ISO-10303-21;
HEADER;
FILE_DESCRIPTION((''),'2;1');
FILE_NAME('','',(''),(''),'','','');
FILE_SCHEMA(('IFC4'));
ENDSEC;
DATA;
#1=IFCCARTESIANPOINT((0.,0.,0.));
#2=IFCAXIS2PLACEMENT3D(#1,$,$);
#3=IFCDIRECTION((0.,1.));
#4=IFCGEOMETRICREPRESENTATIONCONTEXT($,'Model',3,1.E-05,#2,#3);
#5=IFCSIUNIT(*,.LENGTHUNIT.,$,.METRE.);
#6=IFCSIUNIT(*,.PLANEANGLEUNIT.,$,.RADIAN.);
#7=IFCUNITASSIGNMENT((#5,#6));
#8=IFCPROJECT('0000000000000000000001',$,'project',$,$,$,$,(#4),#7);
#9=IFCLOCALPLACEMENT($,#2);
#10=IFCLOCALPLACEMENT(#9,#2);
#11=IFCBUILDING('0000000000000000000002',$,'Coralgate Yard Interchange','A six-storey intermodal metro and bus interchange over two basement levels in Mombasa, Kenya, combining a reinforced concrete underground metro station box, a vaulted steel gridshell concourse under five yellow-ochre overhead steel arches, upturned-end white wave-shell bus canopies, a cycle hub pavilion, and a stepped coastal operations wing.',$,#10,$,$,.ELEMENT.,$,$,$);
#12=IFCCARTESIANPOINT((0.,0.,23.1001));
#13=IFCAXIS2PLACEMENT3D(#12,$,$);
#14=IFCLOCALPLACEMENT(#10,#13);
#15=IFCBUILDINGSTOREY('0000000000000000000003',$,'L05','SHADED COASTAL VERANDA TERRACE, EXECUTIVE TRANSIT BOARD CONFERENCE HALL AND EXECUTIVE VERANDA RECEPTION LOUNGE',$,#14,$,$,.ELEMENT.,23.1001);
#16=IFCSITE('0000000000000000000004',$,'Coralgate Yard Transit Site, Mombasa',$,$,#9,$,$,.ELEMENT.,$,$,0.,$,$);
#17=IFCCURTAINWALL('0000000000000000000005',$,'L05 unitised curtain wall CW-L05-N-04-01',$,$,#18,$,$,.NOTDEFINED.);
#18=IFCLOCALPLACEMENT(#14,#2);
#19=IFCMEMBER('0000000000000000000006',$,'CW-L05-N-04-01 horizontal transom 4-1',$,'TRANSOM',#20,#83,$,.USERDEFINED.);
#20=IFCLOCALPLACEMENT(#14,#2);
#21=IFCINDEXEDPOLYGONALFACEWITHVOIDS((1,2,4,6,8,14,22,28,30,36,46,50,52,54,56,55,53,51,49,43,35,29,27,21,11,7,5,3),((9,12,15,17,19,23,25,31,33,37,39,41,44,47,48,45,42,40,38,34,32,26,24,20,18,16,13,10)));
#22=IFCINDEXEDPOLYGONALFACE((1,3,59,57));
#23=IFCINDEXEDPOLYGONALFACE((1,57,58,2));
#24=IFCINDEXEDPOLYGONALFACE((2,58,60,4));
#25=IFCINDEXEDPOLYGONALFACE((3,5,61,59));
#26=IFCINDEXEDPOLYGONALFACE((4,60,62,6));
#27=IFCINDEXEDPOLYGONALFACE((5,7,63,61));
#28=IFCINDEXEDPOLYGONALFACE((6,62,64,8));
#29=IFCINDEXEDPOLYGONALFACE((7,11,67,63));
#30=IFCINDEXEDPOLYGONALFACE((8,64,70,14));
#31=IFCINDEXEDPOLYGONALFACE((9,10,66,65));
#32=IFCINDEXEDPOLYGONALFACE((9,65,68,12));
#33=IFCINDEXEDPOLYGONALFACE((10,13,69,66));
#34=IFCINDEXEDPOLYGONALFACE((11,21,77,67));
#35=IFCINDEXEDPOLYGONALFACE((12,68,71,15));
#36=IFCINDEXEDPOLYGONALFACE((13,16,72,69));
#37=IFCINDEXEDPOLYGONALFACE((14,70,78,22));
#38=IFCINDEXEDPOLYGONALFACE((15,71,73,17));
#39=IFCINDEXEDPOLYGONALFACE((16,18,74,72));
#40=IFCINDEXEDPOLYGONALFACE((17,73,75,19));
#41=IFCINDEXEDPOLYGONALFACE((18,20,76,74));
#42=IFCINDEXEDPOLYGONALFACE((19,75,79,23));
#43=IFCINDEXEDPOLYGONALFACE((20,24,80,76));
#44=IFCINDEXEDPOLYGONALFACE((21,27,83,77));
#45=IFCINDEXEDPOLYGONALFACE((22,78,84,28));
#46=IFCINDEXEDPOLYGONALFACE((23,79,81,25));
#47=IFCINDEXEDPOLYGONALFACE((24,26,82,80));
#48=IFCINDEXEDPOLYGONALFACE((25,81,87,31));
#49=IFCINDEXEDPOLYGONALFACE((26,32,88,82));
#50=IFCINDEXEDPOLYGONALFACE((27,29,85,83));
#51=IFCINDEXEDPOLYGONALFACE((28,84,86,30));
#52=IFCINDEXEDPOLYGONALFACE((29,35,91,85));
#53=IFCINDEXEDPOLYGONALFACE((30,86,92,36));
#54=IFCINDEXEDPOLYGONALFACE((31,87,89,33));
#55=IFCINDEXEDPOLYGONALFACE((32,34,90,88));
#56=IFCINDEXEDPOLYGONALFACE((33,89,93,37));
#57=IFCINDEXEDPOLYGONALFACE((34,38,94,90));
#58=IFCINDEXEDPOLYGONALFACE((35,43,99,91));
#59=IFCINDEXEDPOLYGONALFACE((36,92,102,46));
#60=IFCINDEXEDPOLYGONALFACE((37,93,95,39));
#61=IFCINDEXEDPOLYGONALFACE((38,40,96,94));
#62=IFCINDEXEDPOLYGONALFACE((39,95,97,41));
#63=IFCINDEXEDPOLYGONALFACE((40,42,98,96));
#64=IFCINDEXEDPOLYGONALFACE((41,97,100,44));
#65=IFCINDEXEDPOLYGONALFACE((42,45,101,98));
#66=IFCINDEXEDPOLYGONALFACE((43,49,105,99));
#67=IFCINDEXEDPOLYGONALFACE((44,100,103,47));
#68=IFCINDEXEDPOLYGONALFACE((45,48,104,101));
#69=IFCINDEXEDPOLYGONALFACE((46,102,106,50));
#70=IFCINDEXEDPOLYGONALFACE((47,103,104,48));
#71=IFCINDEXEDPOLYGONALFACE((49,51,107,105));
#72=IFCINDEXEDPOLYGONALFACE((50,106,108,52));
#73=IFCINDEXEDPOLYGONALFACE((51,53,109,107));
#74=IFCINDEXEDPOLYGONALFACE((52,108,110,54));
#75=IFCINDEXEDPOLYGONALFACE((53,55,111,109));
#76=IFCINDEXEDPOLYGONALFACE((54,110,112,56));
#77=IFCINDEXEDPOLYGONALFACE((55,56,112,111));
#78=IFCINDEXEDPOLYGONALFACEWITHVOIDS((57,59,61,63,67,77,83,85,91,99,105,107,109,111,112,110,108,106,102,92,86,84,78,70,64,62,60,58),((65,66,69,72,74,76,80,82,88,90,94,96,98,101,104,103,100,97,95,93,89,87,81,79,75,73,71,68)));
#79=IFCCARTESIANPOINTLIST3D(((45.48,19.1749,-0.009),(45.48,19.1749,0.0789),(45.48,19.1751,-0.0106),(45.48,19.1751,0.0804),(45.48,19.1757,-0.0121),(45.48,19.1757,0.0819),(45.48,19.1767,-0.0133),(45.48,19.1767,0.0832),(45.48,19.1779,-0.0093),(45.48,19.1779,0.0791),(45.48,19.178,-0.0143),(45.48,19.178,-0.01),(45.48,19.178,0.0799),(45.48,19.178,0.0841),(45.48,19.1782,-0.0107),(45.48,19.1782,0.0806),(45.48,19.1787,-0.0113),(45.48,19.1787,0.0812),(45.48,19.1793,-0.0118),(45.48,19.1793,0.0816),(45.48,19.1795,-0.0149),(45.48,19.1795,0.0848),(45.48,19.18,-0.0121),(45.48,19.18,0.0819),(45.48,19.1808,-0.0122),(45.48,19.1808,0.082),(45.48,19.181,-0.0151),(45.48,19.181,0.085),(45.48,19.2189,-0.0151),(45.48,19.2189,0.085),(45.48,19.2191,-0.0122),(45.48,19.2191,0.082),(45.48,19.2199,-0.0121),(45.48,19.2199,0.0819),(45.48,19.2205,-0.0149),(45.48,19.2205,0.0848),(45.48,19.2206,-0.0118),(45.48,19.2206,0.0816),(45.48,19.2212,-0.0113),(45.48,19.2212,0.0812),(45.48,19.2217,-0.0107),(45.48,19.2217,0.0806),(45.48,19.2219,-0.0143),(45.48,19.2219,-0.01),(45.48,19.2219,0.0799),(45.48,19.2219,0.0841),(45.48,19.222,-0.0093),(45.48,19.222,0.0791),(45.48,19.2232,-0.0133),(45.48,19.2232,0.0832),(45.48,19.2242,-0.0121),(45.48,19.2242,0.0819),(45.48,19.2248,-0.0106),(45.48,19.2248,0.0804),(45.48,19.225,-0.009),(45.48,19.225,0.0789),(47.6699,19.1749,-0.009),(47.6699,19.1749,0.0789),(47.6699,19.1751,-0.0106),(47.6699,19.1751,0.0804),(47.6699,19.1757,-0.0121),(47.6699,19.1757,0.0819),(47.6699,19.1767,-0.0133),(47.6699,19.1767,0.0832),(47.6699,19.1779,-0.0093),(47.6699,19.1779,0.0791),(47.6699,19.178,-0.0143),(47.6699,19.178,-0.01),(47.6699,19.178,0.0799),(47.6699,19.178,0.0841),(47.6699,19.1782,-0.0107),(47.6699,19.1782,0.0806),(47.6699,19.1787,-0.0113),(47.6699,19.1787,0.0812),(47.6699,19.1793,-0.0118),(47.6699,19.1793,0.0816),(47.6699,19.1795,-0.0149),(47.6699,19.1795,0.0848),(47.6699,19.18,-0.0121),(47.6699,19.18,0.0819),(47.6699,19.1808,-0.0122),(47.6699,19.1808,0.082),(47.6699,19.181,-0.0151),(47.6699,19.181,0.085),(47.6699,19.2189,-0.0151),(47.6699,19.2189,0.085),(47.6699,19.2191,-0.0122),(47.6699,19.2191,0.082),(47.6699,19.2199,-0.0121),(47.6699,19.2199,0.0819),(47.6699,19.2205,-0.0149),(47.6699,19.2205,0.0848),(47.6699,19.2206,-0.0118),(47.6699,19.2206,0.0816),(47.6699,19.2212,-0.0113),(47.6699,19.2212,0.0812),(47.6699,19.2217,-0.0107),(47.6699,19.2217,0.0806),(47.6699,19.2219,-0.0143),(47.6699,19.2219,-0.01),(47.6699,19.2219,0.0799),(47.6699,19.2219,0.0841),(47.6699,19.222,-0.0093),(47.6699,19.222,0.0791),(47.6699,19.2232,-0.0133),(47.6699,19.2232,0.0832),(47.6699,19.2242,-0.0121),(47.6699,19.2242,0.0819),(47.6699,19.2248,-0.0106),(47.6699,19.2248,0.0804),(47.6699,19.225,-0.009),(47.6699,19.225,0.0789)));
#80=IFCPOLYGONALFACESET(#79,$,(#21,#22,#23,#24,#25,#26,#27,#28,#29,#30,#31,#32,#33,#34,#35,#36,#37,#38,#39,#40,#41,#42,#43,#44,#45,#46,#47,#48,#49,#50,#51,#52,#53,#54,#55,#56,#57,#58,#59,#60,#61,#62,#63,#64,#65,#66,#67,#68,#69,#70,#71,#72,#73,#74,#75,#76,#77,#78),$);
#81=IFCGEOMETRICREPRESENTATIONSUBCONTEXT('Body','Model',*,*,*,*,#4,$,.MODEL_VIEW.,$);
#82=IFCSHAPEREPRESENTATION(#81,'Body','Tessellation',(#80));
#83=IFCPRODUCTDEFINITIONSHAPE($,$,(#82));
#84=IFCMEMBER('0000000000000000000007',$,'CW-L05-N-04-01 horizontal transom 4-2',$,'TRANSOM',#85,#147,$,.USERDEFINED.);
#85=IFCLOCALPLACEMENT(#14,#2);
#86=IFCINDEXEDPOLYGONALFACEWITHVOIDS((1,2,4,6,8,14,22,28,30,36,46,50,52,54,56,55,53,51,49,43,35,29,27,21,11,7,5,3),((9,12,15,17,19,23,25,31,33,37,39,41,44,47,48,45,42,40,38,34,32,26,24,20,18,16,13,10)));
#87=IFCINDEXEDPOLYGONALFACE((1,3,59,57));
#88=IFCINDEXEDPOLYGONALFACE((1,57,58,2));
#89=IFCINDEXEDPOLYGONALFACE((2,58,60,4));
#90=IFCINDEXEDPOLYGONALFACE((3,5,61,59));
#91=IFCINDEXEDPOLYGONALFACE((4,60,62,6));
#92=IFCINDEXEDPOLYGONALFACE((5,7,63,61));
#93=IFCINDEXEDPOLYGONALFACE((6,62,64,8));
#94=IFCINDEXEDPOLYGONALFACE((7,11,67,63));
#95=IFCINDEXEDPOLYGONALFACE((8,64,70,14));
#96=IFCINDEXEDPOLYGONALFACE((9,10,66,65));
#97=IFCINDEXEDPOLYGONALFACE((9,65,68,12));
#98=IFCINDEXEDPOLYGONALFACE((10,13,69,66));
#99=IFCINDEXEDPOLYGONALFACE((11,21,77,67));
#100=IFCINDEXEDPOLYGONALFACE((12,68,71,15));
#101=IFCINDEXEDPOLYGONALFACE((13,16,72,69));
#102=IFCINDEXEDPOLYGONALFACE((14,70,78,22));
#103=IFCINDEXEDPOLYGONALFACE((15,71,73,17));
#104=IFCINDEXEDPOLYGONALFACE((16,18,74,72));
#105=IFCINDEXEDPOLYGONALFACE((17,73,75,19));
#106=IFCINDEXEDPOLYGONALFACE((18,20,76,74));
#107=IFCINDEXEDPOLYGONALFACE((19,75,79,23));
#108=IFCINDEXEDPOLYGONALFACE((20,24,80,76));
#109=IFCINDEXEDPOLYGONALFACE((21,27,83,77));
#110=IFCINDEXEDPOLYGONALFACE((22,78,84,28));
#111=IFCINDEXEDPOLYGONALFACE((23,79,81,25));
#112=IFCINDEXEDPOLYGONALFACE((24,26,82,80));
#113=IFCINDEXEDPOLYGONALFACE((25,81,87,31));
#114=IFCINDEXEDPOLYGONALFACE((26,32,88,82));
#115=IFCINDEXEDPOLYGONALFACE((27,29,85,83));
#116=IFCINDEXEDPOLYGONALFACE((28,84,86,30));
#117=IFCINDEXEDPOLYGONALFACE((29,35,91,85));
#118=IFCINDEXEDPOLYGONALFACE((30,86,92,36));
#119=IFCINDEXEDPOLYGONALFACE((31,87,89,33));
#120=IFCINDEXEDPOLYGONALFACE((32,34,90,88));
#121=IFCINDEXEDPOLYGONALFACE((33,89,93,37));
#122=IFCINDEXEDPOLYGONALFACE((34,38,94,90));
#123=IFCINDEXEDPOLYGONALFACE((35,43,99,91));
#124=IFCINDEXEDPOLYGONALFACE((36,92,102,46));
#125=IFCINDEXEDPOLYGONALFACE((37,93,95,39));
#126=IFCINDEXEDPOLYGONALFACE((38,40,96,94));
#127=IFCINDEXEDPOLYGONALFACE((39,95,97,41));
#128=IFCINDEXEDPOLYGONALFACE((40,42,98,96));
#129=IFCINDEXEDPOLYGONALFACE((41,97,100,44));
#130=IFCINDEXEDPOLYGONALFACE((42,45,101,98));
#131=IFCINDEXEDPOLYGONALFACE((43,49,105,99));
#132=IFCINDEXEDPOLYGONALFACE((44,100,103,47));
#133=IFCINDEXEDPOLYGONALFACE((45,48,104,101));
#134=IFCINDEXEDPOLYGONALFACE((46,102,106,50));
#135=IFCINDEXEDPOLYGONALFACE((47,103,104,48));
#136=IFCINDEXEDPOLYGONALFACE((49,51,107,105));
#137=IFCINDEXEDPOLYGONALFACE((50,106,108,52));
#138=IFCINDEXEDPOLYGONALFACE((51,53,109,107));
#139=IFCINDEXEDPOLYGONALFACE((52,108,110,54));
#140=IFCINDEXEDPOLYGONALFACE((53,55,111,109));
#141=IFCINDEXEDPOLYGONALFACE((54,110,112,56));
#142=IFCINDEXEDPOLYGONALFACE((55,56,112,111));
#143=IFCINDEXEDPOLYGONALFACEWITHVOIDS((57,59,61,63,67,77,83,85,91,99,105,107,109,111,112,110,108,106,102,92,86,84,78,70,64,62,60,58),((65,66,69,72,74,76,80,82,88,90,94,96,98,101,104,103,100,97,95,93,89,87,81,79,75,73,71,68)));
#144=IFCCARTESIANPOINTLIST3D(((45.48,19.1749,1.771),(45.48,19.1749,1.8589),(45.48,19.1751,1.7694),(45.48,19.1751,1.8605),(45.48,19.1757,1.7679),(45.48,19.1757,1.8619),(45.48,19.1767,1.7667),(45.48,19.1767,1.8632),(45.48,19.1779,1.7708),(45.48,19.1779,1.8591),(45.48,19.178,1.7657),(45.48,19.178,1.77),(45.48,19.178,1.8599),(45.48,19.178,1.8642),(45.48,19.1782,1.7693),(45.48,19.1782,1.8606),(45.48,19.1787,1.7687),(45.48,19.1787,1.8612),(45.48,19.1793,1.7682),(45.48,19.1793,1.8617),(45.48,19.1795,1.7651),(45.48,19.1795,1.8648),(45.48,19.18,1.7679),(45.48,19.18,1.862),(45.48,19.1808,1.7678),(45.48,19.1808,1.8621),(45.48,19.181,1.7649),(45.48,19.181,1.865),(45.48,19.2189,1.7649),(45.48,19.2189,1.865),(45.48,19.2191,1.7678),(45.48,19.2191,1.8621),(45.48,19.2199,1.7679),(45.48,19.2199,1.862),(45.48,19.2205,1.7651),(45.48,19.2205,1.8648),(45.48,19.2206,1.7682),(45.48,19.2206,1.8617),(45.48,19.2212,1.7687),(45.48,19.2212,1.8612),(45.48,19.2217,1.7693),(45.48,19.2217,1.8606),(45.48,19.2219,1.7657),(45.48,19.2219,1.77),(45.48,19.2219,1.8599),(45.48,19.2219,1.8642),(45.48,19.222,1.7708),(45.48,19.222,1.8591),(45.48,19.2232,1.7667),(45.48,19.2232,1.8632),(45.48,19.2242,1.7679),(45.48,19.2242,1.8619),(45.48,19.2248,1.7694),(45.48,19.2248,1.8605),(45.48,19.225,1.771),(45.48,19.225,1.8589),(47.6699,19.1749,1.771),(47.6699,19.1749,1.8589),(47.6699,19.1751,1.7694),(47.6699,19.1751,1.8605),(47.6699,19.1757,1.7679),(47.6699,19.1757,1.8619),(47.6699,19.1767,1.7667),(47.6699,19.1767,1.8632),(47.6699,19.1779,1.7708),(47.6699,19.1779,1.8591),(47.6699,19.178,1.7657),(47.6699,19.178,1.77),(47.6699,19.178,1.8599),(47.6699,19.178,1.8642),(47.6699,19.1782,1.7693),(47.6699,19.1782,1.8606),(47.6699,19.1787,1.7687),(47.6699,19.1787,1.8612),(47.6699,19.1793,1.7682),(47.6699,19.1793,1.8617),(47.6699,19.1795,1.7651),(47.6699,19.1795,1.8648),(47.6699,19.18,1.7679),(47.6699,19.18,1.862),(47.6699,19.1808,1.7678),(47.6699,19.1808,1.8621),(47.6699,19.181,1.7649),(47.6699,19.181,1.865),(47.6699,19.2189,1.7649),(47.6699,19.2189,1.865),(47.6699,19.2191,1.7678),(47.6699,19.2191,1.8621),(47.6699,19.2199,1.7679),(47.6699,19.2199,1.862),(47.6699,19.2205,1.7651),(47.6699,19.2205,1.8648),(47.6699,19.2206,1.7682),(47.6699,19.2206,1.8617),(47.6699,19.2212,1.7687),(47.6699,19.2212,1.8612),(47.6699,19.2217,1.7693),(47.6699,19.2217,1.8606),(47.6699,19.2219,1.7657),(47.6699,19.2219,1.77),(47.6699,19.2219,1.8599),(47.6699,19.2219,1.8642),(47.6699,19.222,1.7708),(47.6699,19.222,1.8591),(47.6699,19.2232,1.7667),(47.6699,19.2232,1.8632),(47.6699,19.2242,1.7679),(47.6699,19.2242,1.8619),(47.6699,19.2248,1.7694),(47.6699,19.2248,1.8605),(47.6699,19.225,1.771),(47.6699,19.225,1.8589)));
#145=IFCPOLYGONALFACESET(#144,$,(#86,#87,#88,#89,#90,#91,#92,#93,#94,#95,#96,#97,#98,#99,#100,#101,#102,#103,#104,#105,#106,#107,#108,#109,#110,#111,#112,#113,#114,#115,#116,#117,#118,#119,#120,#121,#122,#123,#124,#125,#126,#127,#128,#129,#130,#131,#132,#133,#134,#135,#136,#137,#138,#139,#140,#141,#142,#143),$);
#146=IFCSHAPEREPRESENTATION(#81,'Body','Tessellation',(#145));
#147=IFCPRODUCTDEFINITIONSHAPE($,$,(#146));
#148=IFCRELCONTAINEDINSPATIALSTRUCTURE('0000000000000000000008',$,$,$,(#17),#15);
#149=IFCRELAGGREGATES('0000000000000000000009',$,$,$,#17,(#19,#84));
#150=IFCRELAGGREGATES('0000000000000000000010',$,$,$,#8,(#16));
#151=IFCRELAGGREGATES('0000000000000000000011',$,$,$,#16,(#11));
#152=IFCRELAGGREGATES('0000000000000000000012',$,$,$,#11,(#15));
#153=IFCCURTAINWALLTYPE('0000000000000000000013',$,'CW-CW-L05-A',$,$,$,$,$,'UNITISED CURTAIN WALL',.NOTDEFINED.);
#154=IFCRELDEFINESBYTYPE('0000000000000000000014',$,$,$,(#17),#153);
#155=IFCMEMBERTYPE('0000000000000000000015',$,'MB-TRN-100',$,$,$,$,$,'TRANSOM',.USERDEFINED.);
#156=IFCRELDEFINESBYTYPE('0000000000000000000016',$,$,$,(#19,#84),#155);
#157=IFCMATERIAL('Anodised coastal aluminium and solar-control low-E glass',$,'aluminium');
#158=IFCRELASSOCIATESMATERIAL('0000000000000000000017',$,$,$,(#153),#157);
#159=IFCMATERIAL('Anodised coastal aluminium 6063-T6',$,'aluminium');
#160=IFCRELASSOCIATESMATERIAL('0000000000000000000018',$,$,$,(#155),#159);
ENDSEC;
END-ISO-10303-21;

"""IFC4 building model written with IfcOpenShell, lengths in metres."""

from ifc_helpers import new_model, si_unit, direction, frame, origin, origin_2d, place, context, subcontext, project, spatial, hollow_rectangle, extrude, material, material_profile, profile_set, type_object, element, aggregate, save


model = new_model("IFC4")

# Units and contexts
model_context = context("Model", 3, precision=1e-05, world=origin(), true_north=direction((0.0, 1.0)))
body_context = subcontext(model_context, "Body", "Model", "MODEL_VIEW")
ifc_project = project(units=[si_unit("LENGTHUNIT", "METRE"), si_unit("PLANEANGLEUNIT", "RADIAN")], contexts=[model_context])

# Site, building, storey
site_placement = place(None, origin())
site = spatial("IfcSite", under=ifc_project, at=site_placement, Name="Coralgate Yard Transit Site, Mombasa", CompositionType="ELEMENT", RefElevation=0.0)
building_placement = place(site_placement, origin())
building = spatial("IfcBuilding", under=site, at=building_placement, Name="Coralgate Yard Interchange", Description="A six-storey intermodal metro and bus interchange over two basement levels in Mombasa, Kenya, combining a reinforced concrete underground metro station box, a vaulted steel gridshell concourse under five yellow-ochre overhead steel arches, upturned-end white wave-shell bus canopies, a cycle hub pavilion, and a stepped coastal operations wing.", CompositionType="ELEMENT")
storey_placement = place(building_placement, frame((0.0, 0.0, 23.1001)))
storey = spatial("IfcBuildingStorey", under=building, at=storey_placement, Name="L05", Description="SHADED COASTAL VERANDA TERRACE, EXECUTIVE TRANSIT BOARD CONFERENCE HALL AND EXECUTIVE VERANDA RECEPTION LOUNGE", CompositionType="ELEMENT", Elevation=23.1001)

# Curtain wall, members
ifc_material_1 = material(Name="Anodised coastal aluminium and solar-control low-E glass", Category="aluminium")
curtain_wall_type = type_object("IfcCurtainWallType", Name="CW-CW-L05-A", ElementType="UNITISED CURTAIN WALL", PredefinedType="NOTDEFINED", material=ifc_material_1)
curtain_wall_placement = place(storey_placement, origin())
curtain_wall = element("IfcCurtainWall", 1, at=curtain_wall_placement, inside=storey, type_object=curtain_wall_type, Name="L05 unitised curtain wall CW-L05-N-04-01", PredefinedType="NOTDEFINED")
ifc_material_2 = material(Name="Anodised coastal aluminium 6063-T6", Category="aluminium")
ifc_material_profile_1 = material_profile(ifc_material_2, hollow_rectangle(XDim=0.05, YDim=0.1001, WallThickness=0.0029, InnerFilletRadius=0.0029, OuterFilletRadius=0.0061, at=origin_2d()), Name="ALU 50x100x3")
ifc_profile_set_1 = profile_set([ifc_material_profile_1], Name="Anodised coastal aluminium 6063-T6")
member_type_1 = type_object("IfcMemberType", Name="MB-TRN-100", ElementType="TRANSOM", PredefinedType="USERDEFINED", material=ifc_profile_set_1)
member_1_placement = place(storey_placement, frame((45.48, 19.2, 0.0349), z_axis=(1.0, 0.0, 0.0), x_axis=(0.0, 1.0, 0.0)))
member_1 = element("IfcMember", 2, at=member_1_placement, type_object=member_type_1, Name="CW-L05-N-04-01 horizontal transom 4-1", ObjectType="TRANSOM", PredefinedType="USERDEFINED", context=body_context, shape_type="SweptSolid", body=[
    extrude(hollow_rectangle(XDim=0.05, YDim=0.1001, WallThickness=0.0029, InnerFilletRadius=0.0029, OuterFilletRadius=0.0061, at=origin_2d()), origin(), (0.0, 0.0, 1.0), 2.1899),
])
member_2_placement = place(storey_placement, frame((45.48, 19.2, 1.8149), z_axis=(1.0, 0.0, 0.0), x_axis=(0.0, 1.0, 0.0)))
member_2 = element("IfcMember", 3, at=member_2_placement, type_object=member_type_1, Name="CW-L05-N-04-01 horizontal transom 4-2", ObjectType="TRANSOM", PredefinedType="USERDEFINED", context=body_context, shape_type="SweptSolid", body=[
    extrude(hollow_rectangle(XDim=0.05, YDim=0.1001, WallThickness=0.0029, InnerFilletRadius=0.0029, OuterFilletRadius=0.0061, at=origin_2d()), origin(), (0.0, 0.0, 1.0), 2.1899),
])
aggregate(curtain_wall, [member_1, member_2])

save(model, "model.ifc")
